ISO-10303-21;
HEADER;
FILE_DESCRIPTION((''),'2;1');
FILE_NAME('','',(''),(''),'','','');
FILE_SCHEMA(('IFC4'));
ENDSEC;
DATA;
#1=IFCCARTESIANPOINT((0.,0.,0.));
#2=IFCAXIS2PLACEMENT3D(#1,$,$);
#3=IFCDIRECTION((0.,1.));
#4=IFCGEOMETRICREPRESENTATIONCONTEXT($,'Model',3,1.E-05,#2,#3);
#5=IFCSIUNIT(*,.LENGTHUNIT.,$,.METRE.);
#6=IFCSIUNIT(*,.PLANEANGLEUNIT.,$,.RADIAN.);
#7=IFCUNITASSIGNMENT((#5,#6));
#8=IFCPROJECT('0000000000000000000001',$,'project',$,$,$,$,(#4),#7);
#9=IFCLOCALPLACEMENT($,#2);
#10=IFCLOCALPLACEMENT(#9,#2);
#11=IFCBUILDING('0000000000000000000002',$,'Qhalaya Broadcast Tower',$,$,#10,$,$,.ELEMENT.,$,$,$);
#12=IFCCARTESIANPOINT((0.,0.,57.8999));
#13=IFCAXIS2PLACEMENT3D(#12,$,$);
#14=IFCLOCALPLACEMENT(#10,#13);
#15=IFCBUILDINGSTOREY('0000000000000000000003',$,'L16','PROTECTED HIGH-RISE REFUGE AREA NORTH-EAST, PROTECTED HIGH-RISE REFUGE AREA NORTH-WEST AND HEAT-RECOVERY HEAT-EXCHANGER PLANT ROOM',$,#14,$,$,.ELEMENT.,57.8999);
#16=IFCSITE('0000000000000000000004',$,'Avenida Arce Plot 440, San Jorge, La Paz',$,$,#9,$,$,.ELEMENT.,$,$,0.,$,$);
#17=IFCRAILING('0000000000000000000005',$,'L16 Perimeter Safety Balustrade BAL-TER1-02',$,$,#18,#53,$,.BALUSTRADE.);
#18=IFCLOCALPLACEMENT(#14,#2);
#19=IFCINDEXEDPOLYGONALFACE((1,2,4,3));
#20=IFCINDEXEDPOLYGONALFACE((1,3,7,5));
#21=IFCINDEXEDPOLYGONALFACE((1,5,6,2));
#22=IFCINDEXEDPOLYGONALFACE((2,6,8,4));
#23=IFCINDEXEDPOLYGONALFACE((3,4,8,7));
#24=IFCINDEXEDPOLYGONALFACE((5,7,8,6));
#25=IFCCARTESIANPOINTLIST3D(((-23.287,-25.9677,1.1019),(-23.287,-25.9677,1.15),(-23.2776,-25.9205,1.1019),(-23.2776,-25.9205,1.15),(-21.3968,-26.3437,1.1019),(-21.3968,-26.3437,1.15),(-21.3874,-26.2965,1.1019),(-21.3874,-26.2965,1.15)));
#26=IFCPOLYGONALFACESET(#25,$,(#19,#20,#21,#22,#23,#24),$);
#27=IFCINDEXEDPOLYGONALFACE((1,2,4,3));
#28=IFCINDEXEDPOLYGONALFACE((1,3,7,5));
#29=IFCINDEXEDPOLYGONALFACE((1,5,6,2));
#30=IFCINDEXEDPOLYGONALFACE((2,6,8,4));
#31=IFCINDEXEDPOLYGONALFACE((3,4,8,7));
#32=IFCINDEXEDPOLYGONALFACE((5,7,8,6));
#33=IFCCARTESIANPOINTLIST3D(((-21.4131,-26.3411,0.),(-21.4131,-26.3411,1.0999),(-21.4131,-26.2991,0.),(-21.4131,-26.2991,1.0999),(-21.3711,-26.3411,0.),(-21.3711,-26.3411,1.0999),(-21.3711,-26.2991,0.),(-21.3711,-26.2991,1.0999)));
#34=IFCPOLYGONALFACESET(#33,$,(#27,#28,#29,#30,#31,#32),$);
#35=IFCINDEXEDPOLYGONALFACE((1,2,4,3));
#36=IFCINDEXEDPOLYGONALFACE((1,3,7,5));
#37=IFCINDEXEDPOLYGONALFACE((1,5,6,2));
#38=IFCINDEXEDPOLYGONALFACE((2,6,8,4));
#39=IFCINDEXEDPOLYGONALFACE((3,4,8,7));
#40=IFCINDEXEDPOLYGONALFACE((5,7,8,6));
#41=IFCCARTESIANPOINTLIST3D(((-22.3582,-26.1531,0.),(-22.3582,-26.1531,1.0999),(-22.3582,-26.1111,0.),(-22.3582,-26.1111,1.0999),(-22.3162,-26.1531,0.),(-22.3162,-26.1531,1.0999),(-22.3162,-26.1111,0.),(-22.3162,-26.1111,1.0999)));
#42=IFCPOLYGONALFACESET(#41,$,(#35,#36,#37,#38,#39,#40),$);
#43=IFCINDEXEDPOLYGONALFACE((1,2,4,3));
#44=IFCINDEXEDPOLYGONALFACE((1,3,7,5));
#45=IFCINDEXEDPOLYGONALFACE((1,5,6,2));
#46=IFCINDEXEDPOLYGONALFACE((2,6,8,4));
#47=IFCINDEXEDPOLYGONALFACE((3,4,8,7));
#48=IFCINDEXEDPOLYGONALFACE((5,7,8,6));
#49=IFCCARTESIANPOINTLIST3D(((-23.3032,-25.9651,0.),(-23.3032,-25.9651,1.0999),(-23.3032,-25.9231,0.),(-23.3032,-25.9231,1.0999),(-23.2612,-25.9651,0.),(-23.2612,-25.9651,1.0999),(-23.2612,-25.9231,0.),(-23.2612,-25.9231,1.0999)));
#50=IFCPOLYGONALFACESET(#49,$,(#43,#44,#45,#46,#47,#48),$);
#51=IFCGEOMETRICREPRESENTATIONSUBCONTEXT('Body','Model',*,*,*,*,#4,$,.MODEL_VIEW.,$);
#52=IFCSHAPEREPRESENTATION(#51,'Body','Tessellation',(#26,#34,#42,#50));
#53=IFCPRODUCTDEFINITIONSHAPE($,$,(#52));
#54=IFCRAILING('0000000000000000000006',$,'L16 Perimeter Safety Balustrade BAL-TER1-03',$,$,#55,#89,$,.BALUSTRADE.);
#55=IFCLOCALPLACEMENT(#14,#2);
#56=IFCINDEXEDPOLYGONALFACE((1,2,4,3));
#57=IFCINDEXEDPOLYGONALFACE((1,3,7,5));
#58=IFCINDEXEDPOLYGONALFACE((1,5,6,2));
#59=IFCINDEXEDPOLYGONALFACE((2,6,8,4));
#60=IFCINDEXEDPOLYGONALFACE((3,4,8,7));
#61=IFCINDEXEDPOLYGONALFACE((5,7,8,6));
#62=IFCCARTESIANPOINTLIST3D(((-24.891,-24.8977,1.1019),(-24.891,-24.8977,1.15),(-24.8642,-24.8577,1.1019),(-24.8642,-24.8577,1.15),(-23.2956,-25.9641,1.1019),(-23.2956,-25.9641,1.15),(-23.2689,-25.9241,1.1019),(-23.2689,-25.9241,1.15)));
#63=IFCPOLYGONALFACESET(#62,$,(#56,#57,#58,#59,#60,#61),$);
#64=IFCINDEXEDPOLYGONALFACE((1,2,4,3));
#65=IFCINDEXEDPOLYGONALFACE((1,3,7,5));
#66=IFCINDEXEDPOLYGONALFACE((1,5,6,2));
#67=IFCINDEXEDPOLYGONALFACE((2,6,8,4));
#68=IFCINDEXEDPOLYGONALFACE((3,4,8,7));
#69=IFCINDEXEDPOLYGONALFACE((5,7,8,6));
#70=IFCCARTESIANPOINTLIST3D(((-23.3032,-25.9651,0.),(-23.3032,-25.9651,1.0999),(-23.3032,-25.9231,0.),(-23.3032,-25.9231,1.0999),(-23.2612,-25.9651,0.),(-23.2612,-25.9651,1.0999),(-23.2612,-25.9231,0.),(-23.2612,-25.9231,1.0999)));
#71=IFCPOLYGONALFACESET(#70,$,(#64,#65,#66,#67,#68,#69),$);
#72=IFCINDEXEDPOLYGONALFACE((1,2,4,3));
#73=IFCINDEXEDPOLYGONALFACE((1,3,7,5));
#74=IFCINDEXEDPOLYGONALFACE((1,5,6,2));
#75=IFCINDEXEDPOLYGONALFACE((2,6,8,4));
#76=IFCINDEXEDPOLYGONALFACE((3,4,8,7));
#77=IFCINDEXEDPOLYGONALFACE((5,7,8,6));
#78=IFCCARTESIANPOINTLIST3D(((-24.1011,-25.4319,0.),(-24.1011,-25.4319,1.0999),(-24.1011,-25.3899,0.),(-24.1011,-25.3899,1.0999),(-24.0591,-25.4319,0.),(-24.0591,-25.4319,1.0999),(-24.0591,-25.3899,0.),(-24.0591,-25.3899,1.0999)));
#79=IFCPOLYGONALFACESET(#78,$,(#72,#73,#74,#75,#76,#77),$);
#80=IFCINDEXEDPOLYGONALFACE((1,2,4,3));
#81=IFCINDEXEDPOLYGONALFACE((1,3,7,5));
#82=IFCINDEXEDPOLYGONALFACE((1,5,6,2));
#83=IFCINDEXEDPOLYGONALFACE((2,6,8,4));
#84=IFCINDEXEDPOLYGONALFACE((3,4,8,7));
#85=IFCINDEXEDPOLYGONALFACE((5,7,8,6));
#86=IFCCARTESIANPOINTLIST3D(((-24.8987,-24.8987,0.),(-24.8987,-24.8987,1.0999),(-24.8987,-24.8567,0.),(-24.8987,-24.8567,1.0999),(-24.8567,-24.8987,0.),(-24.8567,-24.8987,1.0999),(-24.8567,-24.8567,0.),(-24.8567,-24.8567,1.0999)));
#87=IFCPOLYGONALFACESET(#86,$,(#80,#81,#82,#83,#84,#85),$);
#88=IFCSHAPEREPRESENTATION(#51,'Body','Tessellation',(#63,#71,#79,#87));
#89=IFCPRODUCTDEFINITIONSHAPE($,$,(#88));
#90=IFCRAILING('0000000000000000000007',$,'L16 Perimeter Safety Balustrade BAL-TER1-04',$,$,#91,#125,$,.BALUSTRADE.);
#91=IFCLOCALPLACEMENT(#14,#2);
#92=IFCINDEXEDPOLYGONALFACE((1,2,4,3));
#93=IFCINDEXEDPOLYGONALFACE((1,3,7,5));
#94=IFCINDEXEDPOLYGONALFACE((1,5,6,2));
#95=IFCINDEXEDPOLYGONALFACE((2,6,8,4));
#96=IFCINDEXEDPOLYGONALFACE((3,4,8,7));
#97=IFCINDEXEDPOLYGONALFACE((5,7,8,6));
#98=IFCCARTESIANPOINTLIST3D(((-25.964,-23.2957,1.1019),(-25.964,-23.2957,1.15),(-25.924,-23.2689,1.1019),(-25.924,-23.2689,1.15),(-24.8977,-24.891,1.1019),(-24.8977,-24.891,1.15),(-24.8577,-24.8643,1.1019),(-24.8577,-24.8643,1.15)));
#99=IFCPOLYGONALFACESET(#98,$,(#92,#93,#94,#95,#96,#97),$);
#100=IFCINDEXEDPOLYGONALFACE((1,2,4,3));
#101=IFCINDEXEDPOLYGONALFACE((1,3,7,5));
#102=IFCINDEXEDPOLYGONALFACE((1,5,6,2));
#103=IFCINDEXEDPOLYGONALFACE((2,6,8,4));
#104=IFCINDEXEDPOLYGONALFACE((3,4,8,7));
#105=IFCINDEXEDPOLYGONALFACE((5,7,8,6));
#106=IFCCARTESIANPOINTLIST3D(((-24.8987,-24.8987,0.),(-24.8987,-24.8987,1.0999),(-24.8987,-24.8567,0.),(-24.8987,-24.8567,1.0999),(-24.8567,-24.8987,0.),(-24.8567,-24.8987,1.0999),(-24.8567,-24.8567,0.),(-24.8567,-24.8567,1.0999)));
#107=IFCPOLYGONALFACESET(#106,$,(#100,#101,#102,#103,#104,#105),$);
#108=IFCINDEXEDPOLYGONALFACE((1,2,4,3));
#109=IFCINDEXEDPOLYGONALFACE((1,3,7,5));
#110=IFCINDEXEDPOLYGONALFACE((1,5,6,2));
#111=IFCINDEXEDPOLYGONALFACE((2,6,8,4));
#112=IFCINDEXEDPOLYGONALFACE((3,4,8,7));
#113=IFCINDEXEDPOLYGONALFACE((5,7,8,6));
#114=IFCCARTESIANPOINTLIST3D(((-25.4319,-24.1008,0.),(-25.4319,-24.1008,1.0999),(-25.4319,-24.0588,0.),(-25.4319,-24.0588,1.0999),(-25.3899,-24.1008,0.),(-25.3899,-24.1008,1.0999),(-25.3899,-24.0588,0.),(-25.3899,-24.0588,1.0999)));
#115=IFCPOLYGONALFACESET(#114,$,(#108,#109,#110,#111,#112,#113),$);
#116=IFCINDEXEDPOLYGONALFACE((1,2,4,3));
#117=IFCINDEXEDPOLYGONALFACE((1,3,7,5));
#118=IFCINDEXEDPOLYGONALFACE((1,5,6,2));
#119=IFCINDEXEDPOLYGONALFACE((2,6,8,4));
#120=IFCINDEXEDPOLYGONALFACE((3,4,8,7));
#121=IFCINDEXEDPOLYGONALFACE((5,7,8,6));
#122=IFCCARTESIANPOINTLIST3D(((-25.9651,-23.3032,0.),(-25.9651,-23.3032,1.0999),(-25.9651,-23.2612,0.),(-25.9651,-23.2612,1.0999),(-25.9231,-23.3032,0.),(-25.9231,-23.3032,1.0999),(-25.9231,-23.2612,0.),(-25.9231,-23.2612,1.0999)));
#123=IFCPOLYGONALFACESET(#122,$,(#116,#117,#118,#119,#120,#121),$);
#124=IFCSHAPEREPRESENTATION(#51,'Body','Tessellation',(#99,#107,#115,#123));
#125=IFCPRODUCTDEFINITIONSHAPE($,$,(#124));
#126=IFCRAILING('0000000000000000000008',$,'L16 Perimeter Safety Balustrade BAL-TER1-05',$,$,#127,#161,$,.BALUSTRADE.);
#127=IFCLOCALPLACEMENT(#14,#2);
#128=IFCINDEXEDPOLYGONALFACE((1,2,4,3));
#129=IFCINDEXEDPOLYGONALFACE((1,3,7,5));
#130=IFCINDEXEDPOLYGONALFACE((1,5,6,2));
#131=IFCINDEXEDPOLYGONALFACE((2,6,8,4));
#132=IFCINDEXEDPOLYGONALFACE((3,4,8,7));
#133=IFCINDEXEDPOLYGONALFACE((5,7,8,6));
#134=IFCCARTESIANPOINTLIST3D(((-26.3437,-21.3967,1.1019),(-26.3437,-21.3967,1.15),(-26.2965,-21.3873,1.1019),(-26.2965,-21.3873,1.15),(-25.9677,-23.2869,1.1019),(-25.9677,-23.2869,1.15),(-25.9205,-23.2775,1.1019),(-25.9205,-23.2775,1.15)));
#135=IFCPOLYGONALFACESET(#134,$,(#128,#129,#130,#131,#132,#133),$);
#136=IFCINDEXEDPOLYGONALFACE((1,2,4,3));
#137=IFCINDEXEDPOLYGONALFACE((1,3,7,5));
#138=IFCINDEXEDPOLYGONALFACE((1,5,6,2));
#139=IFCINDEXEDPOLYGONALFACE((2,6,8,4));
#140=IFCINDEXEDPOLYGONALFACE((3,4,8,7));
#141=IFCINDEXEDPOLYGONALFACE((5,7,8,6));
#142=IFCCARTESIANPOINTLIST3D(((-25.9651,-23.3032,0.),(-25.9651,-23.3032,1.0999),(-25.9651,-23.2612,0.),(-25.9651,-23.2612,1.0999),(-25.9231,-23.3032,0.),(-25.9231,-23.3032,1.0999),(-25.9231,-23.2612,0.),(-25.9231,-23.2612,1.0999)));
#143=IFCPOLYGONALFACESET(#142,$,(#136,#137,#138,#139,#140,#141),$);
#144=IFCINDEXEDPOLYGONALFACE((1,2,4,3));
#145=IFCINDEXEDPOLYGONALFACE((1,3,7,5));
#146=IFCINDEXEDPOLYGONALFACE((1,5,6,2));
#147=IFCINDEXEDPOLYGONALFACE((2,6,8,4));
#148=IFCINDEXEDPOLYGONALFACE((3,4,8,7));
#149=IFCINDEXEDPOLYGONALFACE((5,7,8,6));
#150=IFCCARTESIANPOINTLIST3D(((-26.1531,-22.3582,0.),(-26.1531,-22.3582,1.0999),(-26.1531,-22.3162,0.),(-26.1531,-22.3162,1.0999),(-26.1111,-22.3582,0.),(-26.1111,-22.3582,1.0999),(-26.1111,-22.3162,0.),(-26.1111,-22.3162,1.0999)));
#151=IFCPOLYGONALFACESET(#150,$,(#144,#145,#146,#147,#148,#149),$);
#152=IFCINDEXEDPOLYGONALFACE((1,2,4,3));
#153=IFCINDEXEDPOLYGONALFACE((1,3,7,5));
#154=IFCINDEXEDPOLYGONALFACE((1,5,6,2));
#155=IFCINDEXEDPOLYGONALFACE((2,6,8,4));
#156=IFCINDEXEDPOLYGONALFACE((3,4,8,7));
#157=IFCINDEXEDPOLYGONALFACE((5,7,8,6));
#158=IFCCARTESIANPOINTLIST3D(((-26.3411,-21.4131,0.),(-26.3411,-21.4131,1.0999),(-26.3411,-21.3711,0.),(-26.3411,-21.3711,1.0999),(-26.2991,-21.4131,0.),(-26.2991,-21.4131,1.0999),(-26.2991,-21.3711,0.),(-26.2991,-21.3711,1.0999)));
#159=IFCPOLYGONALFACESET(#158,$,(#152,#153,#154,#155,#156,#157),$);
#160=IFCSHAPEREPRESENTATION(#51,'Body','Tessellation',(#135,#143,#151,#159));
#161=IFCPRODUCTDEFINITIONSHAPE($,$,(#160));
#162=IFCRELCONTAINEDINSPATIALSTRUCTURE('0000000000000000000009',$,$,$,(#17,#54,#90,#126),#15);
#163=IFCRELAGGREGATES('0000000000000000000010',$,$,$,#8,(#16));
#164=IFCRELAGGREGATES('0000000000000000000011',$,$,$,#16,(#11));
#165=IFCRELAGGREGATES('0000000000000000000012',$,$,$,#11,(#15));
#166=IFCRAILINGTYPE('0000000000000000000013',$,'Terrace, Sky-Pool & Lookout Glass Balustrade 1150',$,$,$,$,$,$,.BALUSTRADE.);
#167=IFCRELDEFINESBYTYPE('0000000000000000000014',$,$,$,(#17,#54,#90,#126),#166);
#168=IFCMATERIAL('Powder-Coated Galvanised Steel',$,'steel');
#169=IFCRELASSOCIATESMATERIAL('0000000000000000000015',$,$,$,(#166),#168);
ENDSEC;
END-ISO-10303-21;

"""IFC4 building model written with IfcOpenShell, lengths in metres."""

from ifc_helpers import new_model, si_unit, direction, frame, origin, origin_2d, place, context, subcontext, project, spatial, rectangle, extrude, material, type_object, element, save


model = new_model("IFC4")

# Units and contexts
model_context = context("Model", 3, precision=1e-05, world=origin(), true_north=direction((0.0, 1.0)))
body_context = subcontext(model_context, "Body", "Model", "MODEL_VIEW")
ifc_project = project(units=[si_unit("LENGTHUNIT", "METRE"), si_unit("PLANEANGLEUNIT", "RADIAN")], contexts=[model_context])

# Site, building, storey
site_placement = place(None, origin())
site = spatial("IfcSite", under=ifc_project, at=site_placement, Name="Avenida Arce Plot 440, San Jorge, La Paz", CompositionType="ELEMENT", RefElevation=0.0)
building_placement = place(site_placement, origin())
building = spatial("IfcBuilding", under=site, at=building_placement, Name="Qhalaya Broadcast Tower", CompositionType="ELEMENT")
storey_placement = place(building_placement, frame((0.0, 0.0, 57.8999)))
storey = spatial("IfcBuildingStorey", under=building, at=storey_placement, Name="L16", Description="PROTECTED HIGH-RISE REFUGE AREA NORTH-EAST, PROTECTED HIGH-RISE REFUGE AREA NORTH-WEST AND HEAT-RECOVERY HEAT-EXCHANGER PLANT ROOM", CompositionType="ELEMENT", Elevation=57.8999)

# Railings
ifc_material_1 = material(Name="Powder-Coated Galvanised Steel", Category="steel")
railing_type = type_object("IfcRailingType", Name="Terrace, Sky-Pool & Lookout Glass Balustrade 1150", PredefinedType="BALUSTRADE", material=ifc_material_1)
railing_1_placement = place(storey_placement, frame((-21.3921, -26.3201, 0.0)))
element("IfcRailing", 1, at=railing_1_placement, inside=storey, type_object=railing_type, Name="L16 Perimeter Safety Balustrade BAL-TER1-02", PredefinedType="BALUSTRADE", context=body_context, shape_type="SweptSolid", body=[
    extrude(rectangle(XDim=0.0481, YDim=0.0481, at=origin_2d()), frame((0.0, 0.0, 1.126), z_axis=(-0.980785, 0.195093, 0.0), x_axis=(-0.195093, -0.980785, 0.0)), (0.0, 0.0, 1.0), 1.9272),
    extrude(rectangle(XDim=0.042, YDim=0.042, at=origin_2d()), origin(), (0.0, 0.0, 1.0), 1.0999),
    extrude(rectangle(XDim=0.042, YDim=0.042, at=origin_2d()), frame((-0.9451, 0.188, 0.0)), (0.0, 0.0, 1.0), 1.0999),
    extrude(rectangle(XDim=0.042, YDim=0.042, at=origin_2d()), frame((-1.8901, 0.376, 0.0)), (0.0, 0.0, 1.0), 1.0999),
])
railing_2_placement = place(storey_placement, frame((-23.2822, -25.9441, 0.0)))
element("IfcRailing", 2, at=railing_2_placement, inside=storey, type_object=railing_type, Name="L16 Perimeter Safety Balustrade BAL-TER1-03", PredefinedType="BALUSTRADE", context=body_context, shape_type="SweptSolid", body=[
    extrude(rectangle(XDim=0.0481, YDim=0.0481, at=origin_2d()), frame((0.0, 0.0, 1.126), z_axis=(-0.831384, 0.555698, 0.0), x_axis=(-0.555698, -0.831384, 0.0)), (0.0, 0.0, 1.0), 1.9189),
    extrude(rectangle(XDim=0.042, YDim=0.042, at=origin_2d()), origin(), (0.0, 0.0, 1.0), 1.0999),
    extrude(rectangle(XDim=0.042, YDim=0.042, at=origin_2d()), frame((-0.7979, 0.5332, 0.0)), (0.0, 0.0, 1.0), 1.0999),
    extrude(rectangle(XDim=0.042, YDim=0.042, at=origin_2d()), frame((-1.5955, 1.0664, 0.0)), (0.0, 0.0, 1.0), 1.0999),
])
railing_3_placement = place(storey_placement, frame((-24.8777, -24.8777, 0.0)))
element("IfcRailing", 3, at=railing_3_placement, inside=storey, type_object=railing_type, Name="L16 Perimeter Safety Balustrade BAL-TER1-04", PredefinedType="BALUSTRADE", context=body_context, shape_type="SweptSolid", body=[
    extrude(rectangle(XDim=0.0481, YDim=0.0481, at=origin_2d()), frame((0.0, 0.0, 1.126), z_axis=(-0.555698, 0.831384, 0.0), x_axis=(-0.831384, -0.555698, 0.0)), (0.0, 0.0, 1.0), 1.9189),
    extrude(rectangle(XDim=0.042, YDim=0.042, at=origin_2d()), origin(), (0.0, 0.0, 1.0), 1.0999),
    extrude(rectangle(XDim=0.042, YDim=0.042, at=origin_2d()), frame((-0.5332, 0.7979, 0.0)), (0.0, 0.0, 1.0), 1.0999),
    extrude(rectangle(XDim=0.042, YDim=0.042, at=origin_2d()), frame((-1.0664, 1.5955, 0.0)), (0.0, 0.0, 1.0), 1.0999),
])
railing_4_placement = place(storey_placement, frame((-25.9441, -23.2822, 0.0)))
element("IfcRailing", 4, at=railing_4_placement, inside=storey, type_object=railing_type, Name="L16 Perimeter Safety Balustrade BAL-TER1-05", PredefinedType="BALUSTRADE", context=body_context, shape_type="SweptSolid", body=[
    extrude(rectangle(XDim=0.0481, YDim=0.0481, at=origin_2d()), frame((0.0, 0.0, 1.126), z_axis=(-0.195093, 0.980785, 0.0), x_axis=(-0.980785, -0.195093, 0.0)), (0.0, 0.0, 1.0), 1.9272),
    extrude(rectangle(XDim=0.042, YDim=0.042, at=origin_2d()), origin(), (0.0, 0.0, 1.0), 1.0999),
    extrude(rectangle(XDim=0.042, YDim=0.042, at=origin_2d()), frame((-0.188, 0.9451, 0.0)), (0.0, 0.0, 1.0), 1.0999),
    extrude(rectangle(XDim=0.042, YDim=0.042, at=origin_2d()), frame((-0.376, 1.8901, 0.0)), (0.0, 0.0, 1.0), 1.0999),
])

save(model, "model.ifc")
